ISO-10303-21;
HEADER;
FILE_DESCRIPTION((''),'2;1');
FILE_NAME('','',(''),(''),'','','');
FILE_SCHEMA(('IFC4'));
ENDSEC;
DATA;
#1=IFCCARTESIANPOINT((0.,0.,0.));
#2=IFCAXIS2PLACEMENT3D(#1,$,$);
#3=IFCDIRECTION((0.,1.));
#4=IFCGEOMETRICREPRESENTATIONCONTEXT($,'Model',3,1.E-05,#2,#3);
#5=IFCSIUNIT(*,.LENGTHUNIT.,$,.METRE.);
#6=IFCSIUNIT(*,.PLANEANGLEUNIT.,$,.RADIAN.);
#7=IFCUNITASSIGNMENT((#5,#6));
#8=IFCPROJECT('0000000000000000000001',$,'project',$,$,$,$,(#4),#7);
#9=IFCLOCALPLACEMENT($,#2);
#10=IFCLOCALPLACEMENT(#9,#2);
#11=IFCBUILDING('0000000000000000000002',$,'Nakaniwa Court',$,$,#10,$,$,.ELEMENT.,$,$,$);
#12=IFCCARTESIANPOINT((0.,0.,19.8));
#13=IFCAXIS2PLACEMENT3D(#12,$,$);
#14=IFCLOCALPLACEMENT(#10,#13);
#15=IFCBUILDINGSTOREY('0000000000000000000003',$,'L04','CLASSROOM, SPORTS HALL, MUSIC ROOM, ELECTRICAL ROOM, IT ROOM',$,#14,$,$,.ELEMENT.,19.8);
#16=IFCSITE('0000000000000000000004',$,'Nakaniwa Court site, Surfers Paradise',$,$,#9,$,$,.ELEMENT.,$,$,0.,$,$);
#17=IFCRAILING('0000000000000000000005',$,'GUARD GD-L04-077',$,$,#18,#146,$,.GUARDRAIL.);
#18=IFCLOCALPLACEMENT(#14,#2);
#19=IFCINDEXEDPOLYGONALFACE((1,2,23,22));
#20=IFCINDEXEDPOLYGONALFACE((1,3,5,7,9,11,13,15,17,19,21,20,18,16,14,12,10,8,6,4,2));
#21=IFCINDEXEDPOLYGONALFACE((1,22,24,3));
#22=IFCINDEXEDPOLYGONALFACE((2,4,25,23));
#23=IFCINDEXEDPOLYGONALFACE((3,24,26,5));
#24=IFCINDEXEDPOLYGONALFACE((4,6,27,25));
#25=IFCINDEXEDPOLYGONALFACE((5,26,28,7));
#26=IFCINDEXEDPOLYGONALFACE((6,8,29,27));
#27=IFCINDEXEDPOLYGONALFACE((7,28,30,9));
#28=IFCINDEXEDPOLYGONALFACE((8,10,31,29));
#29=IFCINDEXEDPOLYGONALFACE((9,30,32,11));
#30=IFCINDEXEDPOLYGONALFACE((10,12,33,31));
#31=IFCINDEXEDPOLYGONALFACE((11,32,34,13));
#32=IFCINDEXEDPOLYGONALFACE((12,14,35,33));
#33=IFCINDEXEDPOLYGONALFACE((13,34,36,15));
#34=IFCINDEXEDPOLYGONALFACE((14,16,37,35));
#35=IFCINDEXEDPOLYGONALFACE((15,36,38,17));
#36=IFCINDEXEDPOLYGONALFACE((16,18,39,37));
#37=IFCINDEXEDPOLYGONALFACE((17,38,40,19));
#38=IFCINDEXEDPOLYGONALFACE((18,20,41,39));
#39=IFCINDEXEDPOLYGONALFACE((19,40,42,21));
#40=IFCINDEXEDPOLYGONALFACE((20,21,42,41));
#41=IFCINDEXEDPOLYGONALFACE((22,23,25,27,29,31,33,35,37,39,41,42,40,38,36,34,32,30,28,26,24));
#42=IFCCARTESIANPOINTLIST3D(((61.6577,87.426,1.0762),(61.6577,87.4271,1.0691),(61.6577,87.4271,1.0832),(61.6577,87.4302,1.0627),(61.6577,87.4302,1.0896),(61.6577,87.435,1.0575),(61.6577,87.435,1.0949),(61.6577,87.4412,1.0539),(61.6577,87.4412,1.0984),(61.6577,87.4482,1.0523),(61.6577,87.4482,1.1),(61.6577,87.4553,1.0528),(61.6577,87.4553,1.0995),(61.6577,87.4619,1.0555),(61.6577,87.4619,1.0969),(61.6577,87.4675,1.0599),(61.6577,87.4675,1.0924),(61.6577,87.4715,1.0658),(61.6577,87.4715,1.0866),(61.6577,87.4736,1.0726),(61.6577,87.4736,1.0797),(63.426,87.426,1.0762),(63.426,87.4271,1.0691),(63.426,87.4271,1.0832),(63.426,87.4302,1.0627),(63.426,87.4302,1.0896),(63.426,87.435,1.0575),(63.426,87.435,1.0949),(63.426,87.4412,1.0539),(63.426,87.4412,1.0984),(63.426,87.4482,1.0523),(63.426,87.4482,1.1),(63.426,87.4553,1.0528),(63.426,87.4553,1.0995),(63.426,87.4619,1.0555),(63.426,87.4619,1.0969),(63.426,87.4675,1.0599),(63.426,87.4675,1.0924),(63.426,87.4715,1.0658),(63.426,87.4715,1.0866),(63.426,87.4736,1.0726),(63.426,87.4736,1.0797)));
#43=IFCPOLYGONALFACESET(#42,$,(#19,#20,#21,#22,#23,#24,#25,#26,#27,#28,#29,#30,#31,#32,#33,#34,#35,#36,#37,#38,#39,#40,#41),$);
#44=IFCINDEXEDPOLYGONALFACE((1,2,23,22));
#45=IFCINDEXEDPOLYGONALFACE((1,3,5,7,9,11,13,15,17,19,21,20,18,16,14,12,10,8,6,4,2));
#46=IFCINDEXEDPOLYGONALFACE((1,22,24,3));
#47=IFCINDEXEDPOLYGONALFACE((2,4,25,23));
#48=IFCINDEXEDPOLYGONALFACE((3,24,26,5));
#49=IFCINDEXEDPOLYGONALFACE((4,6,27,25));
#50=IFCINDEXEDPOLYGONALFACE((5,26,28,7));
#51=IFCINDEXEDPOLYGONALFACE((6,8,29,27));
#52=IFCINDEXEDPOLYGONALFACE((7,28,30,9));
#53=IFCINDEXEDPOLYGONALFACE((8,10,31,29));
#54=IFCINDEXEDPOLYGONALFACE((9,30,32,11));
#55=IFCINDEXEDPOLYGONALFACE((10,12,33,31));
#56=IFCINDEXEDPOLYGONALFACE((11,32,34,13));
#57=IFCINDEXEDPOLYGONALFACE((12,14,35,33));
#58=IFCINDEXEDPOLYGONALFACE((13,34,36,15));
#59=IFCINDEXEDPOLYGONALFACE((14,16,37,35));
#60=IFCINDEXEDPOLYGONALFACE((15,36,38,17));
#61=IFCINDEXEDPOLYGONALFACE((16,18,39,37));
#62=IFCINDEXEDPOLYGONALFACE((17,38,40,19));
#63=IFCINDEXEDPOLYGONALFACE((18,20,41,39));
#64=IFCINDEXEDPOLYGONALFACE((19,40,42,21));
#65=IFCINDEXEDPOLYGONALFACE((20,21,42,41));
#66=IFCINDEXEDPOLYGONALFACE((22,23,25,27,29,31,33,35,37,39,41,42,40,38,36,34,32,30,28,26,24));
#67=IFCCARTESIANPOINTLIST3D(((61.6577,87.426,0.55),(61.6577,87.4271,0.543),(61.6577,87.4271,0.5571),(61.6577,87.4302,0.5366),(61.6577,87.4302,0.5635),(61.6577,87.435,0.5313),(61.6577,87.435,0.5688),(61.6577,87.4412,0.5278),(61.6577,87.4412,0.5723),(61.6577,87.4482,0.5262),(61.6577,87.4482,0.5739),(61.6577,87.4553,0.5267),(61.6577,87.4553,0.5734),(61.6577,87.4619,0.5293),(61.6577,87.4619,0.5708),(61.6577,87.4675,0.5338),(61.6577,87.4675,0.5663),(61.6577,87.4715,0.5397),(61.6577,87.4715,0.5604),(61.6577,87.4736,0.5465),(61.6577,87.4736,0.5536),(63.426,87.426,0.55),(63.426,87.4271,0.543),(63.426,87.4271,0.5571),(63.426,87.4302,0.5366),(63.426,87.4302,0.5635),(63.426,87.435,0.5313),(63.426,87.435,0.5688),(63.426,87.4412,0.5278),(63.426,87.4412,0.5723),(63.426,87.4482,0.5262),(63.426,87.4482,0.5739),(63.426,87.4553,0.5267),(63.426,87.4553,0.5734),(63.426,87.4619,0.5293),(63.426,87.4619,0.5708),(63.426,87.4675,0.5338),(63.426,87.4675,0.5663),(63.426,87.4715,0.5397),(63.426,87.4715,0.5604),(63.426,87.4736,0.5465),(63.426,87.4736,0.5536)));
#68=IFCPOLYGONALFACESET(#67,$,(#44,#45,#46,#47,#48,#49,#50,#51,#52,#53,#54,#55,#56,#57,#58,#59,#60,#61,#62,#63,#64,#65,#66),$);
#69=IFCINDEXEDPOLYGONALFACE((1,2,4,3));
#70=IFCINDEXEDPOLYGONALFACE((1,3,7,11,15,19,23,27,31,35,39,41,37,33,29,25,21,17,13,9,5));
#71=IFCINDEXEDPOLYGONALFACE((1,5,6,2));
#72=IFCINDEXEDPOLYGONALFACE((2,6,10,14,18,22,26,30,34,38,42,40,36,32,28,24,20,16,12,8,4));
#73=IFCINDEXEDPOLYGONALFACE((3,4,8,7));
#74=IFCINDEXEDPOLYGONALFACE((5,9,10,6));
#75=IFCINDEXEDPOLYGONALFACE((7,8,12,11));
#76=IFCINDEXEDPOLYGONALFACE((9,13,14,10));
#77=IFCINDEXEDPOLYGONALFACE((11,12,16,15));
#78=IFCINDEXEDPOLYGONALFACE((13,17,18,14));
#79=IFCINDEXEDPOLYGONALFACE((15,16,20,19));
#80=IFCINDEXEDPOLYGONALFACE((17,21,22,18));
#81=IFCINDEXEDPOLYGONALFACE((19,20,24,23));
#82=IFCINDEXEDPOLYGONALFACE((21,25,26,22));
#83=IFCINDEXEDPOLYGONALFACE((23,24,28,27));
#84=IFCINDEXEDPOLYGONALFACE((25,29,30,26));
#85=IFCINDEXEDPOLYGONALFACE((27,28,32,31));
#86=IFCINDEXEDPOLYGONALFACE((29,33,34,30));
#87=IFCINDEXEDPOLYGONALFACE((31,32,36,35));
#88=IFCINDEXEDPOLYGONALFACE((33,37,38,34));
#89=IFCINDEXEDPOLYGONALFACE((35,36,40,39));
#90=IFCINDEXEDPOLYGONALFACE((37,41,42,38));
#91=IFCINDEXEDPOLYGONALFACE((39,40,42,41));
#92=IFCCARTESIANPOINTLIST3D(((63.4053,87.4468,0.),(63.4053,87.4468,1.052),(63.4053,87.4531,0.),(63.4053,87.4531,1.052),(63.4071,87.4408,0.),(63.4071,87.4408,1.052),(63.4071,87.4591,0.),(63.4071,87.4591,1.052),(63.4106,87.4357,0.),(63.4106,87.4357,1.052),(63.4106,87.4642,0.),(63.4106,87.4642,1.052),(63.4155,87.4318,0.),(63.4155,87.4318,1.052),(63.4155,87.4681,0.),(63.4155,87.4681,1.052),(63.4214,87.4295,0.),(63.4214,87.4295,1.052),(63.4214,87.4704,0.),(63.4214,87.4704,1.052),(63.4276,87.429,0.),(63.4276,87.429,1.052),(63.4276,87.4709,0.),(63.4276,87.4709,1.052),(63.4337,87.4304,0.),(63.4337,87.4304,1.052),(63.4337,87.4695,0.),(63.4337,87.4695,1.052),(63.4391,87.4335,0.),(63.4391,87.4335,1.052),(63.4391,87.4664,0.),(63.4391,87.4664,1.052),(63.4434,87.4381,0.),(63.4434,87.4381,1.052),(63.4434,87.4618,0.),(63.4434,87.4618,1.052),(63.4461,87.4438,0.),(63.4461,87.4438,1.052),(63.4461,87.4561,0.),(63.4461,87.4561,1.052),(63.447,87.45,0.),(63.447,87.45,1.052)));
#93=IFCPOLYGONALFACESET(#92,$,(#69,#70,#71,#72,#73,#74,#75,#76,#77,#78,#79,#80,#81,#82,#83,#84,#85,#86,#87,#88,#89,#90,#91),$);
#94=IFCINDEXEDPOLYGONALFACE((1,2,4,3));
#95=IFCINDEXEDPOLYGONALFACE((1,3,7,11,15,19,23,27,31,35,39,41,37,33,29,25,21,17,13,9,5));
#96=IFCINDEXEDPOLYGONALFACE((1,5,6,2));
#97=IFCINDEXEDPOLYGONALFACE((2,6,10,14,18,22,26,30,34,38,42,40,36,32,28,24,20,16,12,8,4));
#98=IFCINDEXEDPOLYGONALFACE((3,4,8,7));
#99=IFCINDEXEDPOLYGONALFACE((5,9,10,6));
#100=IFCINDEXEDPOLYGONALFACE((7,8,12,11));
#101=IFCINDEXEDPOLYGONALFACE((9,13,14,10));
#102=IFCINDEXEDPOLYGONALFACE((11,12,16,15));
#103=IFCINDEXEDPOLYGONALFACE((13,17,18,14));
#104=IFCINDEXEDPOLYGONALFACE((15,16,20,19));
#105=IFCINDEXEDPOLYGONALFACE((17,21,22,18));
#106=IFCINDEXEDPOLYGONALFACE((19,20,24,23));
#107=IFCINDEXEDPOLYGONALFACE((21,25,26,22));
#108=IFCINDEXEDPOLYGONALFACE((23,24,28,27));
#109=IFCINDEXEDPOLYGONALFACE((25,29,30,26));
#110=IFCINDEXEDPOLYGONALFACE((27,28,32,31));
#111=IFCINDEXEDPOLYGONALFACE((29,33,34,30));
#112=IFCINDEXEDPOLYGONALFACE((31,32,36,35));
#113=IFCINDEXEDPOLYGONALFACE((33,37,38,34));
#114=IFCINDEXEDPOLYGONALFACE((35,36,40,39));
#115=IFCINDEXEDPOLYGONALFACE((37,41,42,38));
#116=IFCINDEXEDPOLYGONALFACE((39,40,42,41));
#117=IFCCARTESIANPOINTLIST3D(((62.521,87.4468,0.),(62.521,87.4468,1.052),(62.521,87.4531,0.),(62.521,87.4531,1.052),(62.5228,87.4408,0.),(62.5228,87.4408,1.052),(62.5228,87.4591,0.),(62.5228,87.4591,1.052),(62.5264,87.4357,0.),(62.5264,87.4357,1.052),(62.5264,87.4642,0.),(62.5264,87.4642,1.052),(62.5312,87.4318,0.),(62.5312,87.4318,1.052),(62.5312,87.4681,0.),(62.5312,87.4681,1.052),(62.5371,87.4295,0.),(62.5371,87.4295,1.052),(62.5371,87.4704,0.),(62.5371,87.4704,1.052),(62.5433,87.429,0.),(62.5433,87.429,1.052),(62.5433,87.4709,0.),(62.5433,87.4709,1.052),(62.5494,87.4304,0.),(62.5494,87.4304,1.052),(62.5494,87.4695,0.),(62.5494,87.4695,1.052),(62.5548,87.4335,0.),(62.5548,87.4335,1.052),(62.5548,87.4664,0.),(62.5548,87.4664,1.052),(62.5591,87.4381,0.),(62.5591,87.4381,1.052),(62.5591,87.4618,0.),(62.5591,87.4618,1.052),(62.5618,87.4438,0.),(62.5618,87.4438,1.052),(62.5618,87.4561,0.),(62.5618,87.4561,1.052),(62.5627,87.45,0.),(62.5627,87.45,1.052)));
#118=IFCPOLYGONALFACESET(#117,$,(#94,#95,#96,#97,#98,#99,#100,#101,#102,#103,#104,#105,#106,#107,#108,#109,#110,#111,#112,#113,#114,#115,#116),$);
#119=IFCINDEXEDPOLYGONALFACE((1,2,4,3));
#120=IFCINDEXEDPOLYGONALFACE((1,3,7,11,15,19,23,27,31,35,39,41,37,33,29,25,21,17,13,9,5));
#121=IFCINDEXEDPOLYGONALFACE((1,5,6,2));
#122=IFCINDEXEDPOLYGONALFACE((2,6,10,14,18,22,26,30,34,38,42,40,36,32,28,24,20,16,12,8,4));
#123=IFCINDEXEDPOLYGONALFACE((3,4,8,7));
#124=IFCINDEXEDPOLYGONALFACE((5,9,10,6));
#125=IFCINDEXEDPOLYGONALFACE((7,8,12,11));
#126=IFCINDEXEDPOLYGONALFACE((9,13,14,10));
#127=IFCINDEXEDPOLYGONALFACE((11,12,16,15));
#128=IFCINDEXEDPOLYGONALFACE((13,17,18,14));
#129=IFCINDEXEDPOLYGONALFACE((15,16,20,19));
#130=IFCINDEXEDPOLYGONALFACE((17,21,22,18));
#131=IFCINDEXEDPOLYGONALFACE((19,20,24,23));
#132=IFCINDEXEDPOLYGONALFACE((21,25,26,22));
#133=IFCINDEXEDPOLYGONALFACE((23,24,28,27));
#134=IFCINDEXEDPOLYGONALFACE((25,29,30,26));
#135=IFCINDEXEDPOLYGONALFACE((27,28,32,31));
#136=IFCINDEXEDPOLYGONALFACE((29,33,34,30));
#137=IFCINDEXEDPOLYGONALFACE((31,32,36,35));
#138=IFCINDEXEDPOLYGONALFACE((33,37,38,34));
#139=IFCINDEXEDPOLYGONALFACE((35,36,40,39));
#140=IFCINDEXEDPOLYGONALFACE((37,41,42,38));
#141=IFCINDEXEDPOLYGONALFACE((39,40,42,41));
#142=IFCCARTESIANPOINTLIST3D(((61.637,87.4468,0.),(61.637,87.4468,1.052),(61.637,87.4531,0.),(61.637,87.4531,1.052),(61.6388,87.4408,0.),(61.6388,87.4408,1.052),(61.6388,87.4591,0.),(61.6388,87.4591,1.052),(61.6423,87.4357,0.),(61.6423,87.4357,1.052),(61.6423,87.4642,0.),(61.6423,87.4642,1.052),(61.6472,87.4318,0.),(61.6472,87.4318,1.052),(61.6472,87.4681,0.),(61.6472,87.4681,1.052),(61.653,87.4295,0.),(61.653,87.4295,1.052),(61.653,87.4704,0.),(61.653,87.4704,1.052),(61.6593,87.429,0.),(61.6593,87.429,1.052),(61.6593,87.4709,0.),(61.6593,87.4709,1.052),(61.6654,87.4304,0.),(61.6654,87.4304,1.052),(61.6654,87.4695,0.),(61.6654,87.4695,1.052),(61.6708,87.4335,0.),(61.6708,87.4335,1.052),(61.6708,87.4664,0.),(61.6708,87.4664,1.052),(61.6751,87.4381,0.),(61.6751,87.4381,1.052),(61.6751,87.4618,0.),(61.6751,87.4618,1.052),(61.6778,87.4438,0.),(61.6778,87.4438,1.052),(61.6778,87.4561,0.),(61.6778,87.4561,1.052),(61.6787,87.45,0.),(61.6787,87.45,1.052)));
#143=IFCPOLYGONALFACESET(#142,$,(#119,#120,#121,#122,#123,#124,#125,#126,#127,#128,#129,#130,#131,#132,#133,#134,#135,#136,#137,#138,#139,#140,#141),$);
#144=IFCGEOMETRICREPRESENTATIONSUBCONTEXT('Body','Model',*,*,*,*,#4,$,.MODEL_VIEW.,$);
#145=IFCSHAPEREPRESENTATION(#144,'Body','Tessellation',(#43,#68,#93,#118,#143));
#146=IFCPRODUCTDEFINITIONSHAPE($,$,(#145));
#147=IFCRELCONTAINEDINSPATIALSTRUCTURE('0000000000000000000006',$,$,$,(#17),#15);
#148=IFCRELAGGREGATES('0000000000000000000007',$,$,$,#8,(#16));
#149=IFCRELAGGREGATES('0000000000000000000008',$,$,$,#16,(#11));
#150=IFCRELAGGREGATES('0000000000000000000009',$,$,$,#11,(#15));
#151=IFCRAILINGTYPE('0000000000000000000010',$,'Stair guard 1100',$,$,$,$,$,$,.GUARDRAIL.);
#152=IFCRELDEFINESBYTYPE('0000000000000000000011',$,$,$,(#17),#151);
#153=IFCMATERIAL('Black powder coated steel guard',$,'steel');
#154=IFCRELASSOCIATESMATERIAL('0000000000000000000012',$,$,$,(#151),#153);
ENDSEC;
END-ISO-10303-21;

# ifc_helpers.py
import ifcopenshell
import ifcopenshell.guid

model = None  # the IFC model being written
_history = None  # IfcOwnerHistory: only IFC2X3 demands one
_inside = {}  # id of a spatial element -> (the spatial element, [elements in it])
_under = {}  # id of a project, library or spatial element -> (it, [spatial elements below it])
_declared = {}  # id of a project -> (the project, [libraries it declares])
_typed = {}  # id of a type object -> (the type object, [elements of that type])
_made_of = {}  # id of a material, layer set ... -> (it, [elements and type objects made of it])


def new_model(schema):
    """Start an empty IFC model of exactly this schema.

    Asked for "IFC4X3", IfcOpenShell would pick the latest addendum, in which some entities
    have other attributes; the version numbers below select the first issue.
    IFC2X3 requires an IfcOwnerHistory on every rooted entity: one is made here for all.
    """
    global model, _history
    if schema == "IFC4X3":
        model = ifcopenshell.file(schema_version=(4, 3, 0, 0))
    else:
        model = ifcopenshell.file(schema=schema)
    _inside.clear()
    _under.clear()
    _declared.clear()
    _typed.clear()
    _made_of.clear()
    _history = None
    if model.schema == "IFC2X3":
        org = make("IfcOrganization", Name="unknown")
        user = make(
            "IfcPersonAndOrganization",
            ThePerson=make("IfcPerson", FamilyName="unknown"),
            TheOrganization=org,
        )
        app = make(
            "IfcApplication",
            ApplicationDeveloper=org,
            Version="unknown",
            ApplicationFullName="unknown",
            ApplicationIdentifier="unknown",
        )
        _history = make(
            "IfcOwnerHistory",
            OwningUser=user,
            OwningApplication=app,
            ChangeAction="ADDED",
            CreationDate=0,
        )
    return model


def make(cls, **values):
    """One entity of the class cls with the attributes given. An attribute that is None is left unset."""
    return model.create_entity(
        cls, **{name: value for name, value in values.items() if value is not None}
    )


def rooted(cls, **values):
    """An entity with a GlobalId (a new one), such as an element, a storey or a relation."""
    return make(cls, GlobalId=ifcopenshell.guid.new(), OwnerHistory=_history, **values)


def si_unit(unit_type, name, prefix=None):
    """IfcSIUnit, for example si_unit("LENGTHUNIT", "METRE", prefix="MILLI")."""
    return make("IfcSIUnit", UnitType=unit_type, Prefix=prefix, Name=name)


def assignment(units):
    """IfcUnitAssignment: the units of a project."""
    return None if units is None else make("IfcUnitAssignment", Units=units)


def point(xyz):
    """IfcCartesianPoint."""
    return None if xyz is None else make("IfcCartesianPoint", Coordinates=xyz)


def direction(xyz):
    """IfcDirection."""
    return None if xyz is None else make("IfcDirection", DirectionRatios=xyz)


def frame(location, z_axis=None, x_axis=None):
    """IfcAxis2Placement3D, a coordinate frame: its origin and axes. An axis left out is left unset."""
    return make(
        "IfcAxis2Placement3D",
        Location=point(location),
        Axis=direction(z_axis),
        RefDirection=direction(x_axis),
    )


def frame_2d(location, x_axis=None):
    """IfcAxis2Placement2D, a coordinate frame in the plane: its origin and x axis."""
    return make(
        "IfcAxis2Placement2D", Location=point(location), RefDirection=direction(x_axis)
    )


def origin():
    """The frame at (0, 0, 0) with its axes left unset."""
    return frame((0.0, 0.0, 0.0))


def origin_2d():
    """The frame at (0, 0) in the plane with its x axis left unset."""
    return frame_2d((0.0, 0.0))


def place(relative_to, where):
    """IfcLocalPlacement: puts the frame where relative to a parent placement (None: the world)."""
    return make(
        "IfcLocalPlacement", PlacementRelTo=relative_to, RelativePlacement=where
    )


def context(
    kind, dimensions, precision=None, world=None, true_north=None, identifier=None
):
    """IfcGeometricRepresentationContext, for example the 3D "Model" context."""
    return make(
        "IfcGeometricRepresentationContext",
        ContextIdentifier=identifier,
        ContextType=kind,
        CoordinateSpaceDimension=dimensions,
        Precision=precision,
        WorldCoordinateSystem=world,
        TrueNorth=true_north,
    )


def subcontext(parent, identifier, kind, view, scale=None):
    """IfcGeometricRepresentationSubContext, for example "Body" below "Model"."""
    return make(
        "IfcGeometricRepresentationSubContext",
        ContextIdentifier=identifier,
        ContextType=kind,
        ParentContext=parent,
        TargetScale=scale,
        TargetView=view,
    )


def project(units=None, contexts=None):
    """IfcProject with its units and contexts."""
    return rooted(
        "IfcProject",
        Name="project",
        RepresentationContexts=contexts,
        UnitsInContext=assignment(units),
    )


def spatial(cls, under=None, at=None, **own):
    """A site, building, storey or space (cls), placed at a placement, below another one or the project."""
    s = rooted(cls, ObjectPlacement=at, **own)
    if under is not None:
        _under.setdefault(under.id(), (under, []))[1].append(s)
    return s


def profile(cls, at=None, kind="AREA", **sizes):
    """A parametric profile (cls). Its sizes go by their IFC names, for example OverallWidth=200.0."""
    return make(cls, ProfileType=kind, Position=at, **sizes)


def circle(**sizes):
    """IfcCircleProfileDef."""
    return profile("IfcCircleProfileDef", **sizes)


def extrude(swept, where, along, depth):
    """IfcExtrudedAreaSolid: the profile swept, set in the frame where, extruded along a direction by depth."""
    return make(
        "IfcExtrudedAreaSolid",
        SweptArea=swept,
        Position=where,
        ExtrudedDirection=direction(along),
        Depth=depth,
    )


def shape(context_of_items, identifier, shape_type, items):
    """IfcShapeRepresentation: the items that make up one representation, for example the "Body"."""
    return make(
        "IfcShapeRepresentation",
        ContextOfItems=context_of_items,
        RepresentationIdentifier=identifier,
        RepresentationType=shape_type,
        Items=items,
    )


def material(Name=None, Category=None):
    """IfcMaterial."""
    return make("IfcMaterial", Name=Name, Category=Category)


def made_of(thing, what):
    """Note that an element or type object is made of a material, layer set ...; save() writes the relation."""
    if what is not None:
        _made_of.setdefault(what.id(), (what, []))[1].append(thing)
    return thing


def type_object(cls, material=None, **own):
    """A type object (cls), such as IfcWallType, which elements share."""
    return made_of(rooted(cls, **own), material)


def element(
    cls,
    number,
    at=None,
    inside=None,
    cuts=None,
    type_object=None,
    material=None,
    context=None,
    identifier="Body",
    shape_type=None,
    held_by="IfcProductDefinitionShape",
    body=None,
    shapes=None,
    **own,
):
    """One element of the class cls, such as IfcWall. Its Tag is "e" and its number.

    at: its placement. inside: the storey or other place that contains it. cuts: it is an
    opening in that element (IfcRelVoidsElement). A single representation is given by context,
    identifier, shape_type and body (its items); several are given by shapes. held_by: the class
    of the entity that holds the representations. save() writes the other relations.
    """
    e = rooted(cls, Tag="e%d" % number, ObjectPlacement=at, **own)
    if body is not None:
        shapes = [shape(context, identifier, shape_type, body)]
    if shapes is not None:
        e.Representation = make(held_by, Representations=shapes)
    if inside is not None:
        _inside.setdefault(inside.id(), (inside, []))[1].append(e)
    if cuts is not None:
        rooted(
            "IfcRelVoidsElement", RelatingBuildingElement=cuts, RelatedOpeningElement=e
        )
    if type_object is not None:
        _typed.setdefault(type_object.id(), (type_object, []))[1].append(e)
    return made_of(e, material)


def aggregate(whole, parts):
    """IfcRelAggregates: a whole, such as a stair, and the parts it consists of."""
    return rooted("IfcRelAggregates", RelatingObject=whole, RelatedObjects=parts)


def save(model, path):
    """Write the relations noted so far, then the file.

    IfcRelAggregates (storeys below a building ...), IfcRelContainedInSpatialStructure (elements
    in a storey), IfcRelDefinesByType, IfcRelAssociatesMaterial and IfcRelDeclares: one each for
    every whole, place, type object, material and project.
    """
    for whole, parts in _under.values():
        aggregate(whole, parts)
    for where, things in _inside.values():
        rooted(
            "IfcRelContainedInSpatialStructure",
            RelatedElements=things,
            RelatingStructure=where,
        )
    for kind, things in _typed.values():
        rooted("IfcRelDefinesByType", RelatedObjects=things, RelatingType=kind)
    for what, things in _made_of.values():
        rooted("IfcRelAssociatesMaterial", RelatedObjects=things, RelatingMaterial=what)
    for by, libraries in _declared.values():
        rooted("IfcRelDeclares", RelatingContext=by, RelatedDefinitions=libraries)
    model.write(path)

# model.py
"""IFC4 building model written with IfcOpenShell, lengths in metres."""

from ifc_helpers import new_model, si_unit, direction, frame, origin, origin_2d, place, context, subcontext, project, spatial, circle, extrude, material, type_object, element, save


model = new_model("IFC4")

# Units and contexts
model_context = context("Model", 3, precision=1e-05, world=origin(), true_north=direction((0.0, 1.0)))
body_context = subcontext(model_context, "Body", "Model", "MODEL_VIEW")
ifc_project = project(units=[si_unit("LENGTHUNIT", "METRE"), si_unit("PLANEANGLEUNIT", "RADIAN")], contexts=[model_context])

# Site, building, storey
site_placement = place(None, origin())
site = spatial("IfcSite", under=ifc_project, at=site_placement, Name="Nakaniwa Court site, Surfers Paradise", CompositionType="ELEMENT", RefElevation=0.0)
building_placement = place(site_placement, origin())
building = spatial("IfcBuilding", under=site, at=building_placement, Name="Nakaniwa Court", CompositionType="ELEMENT")
storey_placement = place(building_placement, frame((0.0, 0.0, 19.8)))
storey = spatial("IfcBuildingStorey", under=building, at=storey_placement, Name="L04", Description="CLASSROOM, SPORTS HALL, MUSIC ROOM, ELECTRICAL ROOM, IT ROOM", CompositionType="ELEMENT", Elevation=19.8)

# Railing
ifc_material_1 = material(Name="Black powder coated steel guard", Category="steel")
railing_type = type_object("IfcRailingType", Name="Stair guard 1100", PredefinedType="GUARDRAIL", material=ifc_material_1)
railing_1_placement = place(storey_placement, frame((63.426, 87.45, 0.0)))
element("IfcRailing", 1, at=railing_1_placement, inside=storey, type_object=railing_type, Name="GUARD GD-L04-077", PredefinedType="GUARDRAIL", context=body_context, shape_type="SweptSolid", body=[
    extrude(circle(Radius=0.0239, at=origin_2d()), frame((0.0, 0.0, 1.0762), z_axis=(-1.0, 0.0, 0.0), x_axis=(0.0, -1.0, 0.0)), (0.0, 0.0, 1.0), 1.7683),
    extrude(circle(Radius=0.0239, at=origin_2d()), frame((0.0, 0.0, 0.55), z_axis=(-1.0, 0.0, 0.0), x_axis=(0.0, -1.0, 0.0)), (0.0, 0.0, 1.0), 1.7683),
    extrude(circle(Radius=0.021, at=origin_2d()), origin(), (0.0, 0.0, 1.0), 1.052),
    extrude(circle(Radius=0.021, at=origin_2d()), frame((-0.8843, 0.0, 0.0)), (0.0, 0.0, 1.0), 1.052),
    extrude(circle(Radius=0.021, at=origin_2d()), frame((-1.7683, 0.0, 0.0)), (0.0, 0.0, 1.0), 1.052),
])

save(model, "model.ifc")
